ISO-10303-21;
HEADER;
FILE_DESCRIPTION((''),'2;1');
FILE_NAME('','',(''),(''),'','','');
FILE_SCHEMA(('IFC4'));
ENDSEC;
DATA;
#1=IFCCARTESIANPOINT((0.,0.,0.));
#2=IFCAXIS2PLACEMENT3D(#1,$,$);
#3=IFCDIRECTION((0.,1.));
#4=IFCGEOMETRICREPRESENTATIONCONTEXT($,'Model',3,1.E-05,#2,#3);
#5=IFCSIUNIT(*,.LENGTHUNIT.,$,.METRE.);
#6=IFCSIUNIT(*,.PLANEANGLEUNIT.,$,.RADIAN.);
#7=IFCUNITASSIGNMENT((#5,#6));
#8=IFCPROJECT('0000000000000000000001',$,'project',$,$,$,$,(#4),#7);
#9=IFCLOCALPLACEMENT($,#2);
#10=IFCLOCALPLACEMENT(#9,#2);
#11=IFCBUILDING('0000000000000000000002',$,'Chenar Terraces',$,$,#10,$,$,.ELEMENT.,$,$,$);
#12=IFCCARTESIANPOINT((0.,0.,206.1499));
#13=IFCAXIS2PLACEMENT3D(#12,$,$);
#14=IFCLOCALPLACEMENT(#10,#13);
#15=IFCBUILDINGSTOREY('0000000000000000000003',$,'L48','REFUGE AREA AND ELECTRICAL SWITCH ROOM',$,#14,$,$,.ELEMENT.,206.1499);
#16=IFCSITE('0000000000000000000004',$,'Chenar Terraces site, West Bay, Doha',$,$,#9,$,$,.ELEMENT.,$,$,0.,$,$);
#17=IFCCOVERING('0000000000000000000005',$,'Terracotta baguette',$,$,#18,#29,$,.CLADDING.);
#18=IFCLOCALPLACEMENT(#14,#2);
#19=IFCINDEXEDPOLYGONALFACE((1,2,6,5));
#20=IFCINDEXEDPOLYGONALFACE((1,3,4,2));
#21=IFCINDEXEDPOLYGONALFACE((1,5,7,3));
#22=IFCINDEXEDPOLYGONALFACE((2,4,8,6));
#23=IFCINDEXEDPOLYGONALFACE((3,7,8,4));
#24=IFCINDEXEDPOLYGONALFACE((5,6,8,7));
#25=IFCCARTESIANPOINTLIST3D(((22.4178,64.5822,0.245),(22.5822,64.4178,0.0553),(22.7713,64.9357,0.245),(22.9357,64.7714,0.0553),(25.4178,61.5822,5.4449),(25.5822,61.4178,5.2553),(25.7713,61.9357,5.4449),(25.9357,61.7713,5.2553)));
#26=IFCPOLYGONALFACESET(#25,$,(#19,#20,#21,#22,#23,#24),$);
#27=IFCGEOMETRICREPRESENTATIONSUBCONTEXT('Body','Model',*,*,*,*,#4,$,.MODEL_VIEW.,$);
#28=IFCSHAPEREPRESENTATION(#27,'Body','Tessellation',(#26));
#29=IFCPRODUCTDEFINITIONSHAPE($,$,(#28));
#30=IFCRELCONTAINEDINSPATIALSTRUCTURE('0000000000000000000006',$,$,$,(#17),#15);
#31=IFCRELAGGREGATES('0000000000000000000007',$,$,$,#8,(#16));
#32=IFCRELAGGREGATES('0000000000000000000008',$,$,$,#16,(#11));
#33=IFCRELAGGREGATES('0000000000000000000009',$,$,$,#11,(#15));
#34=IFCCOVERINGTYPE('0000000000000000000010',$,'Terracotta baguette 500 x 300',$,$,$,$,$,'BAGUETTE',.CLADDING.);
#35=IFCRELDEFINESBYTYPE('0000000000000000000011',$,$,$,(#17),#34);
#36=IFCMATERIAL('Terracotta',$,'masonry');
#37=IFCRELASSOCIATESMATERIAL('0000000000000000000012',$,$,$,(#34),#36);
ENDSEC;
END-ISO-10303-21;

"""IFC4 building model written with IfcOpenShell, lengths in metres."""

from ifc_helpers import new_model, si_unit, direction, frame, origin, origin_2d, place, context, subcontext, project, spatial, rectangle, extrude, material, material_profile, profile_set, type_object, element, save


model = new_model("IFC4")

# Units and contexts
model_context = context("Model", 3, precision=1e-05, world=origin(), true_north=direction((0.0, 1.0)))
body_context = subcontext(model_context, "Body", "Model", "MODEL_VIEW")
ifc_project = project(units=[si_unit("LENGTHUNIT", "METRE"), si_unit("PLANEANGLEUNIT", "RADIAN")], contexts=[model_context])

# Site, building, storey
site_placement = place(None, origin())
site = spatial("IfcSite", under=ifc_project, at=site_placement, Name="Chenar Terraces site, West Bay, Doha", CompositionType="ELEMENT", RefElevation=0.0)
building_placement = place(site_placement, origin())
building = spatial("IfcBuilding", under=site, at=building_placement, Name="Chenar Terraces", CompositionType="ELEMENT")
storey_placement = place(building_placement, frame((0.0, 0.0, 206.1499)))
storey = spatial("IfcBuildingStorey", under=building, at=storey_placement, Name="L48", Description="REFUGE AREA AND ELECTRICAL SWITCH ROOM", CompositionType="ELEMENT", Elevation=206.1499)

# Covering
ifc_material_1 = material(Name="Terracotta", Category="masonry")
ifc_material_profile_1 = material_profile(ifc_material_1, rectangle(XDim=0.5, YDim=0.3, at=origin_2d()), Name="Terracotta baguette 500 x 300")
ifc_profile_set_1 = profile_set([ifc_material_profile_1], Name="Terracotta")
covering_type = type_object("IfcCoveringType", Name="Terracotta baguette 500 x 300", ElementType="BAGUETTE", PredefinedType="CLADDING", material=ifc_profile_set_1)
covering_1_placement = place(storey_placement, frame((25.6768, 61.6768, 5.3501), z_axis=(-0.447017, 0.447017, -0.774823), x_axis=(-0.707107, -0.707107, 0.0)))
element("IfcCovering", 1, at=covering_1_placement, inside=storey, type_object=covering_type, Name="Terracotta baguette", PredefinedType="CLADDING", context=body_context, shape_type="SweptSolid", body=[
    extrude(rectangle(XDim=0.5, YDim=0.3, at=origin_2d()), origin(), (0.0, 0.0, 1.0), 6.7112),
])

save(model, "model.ifc")
